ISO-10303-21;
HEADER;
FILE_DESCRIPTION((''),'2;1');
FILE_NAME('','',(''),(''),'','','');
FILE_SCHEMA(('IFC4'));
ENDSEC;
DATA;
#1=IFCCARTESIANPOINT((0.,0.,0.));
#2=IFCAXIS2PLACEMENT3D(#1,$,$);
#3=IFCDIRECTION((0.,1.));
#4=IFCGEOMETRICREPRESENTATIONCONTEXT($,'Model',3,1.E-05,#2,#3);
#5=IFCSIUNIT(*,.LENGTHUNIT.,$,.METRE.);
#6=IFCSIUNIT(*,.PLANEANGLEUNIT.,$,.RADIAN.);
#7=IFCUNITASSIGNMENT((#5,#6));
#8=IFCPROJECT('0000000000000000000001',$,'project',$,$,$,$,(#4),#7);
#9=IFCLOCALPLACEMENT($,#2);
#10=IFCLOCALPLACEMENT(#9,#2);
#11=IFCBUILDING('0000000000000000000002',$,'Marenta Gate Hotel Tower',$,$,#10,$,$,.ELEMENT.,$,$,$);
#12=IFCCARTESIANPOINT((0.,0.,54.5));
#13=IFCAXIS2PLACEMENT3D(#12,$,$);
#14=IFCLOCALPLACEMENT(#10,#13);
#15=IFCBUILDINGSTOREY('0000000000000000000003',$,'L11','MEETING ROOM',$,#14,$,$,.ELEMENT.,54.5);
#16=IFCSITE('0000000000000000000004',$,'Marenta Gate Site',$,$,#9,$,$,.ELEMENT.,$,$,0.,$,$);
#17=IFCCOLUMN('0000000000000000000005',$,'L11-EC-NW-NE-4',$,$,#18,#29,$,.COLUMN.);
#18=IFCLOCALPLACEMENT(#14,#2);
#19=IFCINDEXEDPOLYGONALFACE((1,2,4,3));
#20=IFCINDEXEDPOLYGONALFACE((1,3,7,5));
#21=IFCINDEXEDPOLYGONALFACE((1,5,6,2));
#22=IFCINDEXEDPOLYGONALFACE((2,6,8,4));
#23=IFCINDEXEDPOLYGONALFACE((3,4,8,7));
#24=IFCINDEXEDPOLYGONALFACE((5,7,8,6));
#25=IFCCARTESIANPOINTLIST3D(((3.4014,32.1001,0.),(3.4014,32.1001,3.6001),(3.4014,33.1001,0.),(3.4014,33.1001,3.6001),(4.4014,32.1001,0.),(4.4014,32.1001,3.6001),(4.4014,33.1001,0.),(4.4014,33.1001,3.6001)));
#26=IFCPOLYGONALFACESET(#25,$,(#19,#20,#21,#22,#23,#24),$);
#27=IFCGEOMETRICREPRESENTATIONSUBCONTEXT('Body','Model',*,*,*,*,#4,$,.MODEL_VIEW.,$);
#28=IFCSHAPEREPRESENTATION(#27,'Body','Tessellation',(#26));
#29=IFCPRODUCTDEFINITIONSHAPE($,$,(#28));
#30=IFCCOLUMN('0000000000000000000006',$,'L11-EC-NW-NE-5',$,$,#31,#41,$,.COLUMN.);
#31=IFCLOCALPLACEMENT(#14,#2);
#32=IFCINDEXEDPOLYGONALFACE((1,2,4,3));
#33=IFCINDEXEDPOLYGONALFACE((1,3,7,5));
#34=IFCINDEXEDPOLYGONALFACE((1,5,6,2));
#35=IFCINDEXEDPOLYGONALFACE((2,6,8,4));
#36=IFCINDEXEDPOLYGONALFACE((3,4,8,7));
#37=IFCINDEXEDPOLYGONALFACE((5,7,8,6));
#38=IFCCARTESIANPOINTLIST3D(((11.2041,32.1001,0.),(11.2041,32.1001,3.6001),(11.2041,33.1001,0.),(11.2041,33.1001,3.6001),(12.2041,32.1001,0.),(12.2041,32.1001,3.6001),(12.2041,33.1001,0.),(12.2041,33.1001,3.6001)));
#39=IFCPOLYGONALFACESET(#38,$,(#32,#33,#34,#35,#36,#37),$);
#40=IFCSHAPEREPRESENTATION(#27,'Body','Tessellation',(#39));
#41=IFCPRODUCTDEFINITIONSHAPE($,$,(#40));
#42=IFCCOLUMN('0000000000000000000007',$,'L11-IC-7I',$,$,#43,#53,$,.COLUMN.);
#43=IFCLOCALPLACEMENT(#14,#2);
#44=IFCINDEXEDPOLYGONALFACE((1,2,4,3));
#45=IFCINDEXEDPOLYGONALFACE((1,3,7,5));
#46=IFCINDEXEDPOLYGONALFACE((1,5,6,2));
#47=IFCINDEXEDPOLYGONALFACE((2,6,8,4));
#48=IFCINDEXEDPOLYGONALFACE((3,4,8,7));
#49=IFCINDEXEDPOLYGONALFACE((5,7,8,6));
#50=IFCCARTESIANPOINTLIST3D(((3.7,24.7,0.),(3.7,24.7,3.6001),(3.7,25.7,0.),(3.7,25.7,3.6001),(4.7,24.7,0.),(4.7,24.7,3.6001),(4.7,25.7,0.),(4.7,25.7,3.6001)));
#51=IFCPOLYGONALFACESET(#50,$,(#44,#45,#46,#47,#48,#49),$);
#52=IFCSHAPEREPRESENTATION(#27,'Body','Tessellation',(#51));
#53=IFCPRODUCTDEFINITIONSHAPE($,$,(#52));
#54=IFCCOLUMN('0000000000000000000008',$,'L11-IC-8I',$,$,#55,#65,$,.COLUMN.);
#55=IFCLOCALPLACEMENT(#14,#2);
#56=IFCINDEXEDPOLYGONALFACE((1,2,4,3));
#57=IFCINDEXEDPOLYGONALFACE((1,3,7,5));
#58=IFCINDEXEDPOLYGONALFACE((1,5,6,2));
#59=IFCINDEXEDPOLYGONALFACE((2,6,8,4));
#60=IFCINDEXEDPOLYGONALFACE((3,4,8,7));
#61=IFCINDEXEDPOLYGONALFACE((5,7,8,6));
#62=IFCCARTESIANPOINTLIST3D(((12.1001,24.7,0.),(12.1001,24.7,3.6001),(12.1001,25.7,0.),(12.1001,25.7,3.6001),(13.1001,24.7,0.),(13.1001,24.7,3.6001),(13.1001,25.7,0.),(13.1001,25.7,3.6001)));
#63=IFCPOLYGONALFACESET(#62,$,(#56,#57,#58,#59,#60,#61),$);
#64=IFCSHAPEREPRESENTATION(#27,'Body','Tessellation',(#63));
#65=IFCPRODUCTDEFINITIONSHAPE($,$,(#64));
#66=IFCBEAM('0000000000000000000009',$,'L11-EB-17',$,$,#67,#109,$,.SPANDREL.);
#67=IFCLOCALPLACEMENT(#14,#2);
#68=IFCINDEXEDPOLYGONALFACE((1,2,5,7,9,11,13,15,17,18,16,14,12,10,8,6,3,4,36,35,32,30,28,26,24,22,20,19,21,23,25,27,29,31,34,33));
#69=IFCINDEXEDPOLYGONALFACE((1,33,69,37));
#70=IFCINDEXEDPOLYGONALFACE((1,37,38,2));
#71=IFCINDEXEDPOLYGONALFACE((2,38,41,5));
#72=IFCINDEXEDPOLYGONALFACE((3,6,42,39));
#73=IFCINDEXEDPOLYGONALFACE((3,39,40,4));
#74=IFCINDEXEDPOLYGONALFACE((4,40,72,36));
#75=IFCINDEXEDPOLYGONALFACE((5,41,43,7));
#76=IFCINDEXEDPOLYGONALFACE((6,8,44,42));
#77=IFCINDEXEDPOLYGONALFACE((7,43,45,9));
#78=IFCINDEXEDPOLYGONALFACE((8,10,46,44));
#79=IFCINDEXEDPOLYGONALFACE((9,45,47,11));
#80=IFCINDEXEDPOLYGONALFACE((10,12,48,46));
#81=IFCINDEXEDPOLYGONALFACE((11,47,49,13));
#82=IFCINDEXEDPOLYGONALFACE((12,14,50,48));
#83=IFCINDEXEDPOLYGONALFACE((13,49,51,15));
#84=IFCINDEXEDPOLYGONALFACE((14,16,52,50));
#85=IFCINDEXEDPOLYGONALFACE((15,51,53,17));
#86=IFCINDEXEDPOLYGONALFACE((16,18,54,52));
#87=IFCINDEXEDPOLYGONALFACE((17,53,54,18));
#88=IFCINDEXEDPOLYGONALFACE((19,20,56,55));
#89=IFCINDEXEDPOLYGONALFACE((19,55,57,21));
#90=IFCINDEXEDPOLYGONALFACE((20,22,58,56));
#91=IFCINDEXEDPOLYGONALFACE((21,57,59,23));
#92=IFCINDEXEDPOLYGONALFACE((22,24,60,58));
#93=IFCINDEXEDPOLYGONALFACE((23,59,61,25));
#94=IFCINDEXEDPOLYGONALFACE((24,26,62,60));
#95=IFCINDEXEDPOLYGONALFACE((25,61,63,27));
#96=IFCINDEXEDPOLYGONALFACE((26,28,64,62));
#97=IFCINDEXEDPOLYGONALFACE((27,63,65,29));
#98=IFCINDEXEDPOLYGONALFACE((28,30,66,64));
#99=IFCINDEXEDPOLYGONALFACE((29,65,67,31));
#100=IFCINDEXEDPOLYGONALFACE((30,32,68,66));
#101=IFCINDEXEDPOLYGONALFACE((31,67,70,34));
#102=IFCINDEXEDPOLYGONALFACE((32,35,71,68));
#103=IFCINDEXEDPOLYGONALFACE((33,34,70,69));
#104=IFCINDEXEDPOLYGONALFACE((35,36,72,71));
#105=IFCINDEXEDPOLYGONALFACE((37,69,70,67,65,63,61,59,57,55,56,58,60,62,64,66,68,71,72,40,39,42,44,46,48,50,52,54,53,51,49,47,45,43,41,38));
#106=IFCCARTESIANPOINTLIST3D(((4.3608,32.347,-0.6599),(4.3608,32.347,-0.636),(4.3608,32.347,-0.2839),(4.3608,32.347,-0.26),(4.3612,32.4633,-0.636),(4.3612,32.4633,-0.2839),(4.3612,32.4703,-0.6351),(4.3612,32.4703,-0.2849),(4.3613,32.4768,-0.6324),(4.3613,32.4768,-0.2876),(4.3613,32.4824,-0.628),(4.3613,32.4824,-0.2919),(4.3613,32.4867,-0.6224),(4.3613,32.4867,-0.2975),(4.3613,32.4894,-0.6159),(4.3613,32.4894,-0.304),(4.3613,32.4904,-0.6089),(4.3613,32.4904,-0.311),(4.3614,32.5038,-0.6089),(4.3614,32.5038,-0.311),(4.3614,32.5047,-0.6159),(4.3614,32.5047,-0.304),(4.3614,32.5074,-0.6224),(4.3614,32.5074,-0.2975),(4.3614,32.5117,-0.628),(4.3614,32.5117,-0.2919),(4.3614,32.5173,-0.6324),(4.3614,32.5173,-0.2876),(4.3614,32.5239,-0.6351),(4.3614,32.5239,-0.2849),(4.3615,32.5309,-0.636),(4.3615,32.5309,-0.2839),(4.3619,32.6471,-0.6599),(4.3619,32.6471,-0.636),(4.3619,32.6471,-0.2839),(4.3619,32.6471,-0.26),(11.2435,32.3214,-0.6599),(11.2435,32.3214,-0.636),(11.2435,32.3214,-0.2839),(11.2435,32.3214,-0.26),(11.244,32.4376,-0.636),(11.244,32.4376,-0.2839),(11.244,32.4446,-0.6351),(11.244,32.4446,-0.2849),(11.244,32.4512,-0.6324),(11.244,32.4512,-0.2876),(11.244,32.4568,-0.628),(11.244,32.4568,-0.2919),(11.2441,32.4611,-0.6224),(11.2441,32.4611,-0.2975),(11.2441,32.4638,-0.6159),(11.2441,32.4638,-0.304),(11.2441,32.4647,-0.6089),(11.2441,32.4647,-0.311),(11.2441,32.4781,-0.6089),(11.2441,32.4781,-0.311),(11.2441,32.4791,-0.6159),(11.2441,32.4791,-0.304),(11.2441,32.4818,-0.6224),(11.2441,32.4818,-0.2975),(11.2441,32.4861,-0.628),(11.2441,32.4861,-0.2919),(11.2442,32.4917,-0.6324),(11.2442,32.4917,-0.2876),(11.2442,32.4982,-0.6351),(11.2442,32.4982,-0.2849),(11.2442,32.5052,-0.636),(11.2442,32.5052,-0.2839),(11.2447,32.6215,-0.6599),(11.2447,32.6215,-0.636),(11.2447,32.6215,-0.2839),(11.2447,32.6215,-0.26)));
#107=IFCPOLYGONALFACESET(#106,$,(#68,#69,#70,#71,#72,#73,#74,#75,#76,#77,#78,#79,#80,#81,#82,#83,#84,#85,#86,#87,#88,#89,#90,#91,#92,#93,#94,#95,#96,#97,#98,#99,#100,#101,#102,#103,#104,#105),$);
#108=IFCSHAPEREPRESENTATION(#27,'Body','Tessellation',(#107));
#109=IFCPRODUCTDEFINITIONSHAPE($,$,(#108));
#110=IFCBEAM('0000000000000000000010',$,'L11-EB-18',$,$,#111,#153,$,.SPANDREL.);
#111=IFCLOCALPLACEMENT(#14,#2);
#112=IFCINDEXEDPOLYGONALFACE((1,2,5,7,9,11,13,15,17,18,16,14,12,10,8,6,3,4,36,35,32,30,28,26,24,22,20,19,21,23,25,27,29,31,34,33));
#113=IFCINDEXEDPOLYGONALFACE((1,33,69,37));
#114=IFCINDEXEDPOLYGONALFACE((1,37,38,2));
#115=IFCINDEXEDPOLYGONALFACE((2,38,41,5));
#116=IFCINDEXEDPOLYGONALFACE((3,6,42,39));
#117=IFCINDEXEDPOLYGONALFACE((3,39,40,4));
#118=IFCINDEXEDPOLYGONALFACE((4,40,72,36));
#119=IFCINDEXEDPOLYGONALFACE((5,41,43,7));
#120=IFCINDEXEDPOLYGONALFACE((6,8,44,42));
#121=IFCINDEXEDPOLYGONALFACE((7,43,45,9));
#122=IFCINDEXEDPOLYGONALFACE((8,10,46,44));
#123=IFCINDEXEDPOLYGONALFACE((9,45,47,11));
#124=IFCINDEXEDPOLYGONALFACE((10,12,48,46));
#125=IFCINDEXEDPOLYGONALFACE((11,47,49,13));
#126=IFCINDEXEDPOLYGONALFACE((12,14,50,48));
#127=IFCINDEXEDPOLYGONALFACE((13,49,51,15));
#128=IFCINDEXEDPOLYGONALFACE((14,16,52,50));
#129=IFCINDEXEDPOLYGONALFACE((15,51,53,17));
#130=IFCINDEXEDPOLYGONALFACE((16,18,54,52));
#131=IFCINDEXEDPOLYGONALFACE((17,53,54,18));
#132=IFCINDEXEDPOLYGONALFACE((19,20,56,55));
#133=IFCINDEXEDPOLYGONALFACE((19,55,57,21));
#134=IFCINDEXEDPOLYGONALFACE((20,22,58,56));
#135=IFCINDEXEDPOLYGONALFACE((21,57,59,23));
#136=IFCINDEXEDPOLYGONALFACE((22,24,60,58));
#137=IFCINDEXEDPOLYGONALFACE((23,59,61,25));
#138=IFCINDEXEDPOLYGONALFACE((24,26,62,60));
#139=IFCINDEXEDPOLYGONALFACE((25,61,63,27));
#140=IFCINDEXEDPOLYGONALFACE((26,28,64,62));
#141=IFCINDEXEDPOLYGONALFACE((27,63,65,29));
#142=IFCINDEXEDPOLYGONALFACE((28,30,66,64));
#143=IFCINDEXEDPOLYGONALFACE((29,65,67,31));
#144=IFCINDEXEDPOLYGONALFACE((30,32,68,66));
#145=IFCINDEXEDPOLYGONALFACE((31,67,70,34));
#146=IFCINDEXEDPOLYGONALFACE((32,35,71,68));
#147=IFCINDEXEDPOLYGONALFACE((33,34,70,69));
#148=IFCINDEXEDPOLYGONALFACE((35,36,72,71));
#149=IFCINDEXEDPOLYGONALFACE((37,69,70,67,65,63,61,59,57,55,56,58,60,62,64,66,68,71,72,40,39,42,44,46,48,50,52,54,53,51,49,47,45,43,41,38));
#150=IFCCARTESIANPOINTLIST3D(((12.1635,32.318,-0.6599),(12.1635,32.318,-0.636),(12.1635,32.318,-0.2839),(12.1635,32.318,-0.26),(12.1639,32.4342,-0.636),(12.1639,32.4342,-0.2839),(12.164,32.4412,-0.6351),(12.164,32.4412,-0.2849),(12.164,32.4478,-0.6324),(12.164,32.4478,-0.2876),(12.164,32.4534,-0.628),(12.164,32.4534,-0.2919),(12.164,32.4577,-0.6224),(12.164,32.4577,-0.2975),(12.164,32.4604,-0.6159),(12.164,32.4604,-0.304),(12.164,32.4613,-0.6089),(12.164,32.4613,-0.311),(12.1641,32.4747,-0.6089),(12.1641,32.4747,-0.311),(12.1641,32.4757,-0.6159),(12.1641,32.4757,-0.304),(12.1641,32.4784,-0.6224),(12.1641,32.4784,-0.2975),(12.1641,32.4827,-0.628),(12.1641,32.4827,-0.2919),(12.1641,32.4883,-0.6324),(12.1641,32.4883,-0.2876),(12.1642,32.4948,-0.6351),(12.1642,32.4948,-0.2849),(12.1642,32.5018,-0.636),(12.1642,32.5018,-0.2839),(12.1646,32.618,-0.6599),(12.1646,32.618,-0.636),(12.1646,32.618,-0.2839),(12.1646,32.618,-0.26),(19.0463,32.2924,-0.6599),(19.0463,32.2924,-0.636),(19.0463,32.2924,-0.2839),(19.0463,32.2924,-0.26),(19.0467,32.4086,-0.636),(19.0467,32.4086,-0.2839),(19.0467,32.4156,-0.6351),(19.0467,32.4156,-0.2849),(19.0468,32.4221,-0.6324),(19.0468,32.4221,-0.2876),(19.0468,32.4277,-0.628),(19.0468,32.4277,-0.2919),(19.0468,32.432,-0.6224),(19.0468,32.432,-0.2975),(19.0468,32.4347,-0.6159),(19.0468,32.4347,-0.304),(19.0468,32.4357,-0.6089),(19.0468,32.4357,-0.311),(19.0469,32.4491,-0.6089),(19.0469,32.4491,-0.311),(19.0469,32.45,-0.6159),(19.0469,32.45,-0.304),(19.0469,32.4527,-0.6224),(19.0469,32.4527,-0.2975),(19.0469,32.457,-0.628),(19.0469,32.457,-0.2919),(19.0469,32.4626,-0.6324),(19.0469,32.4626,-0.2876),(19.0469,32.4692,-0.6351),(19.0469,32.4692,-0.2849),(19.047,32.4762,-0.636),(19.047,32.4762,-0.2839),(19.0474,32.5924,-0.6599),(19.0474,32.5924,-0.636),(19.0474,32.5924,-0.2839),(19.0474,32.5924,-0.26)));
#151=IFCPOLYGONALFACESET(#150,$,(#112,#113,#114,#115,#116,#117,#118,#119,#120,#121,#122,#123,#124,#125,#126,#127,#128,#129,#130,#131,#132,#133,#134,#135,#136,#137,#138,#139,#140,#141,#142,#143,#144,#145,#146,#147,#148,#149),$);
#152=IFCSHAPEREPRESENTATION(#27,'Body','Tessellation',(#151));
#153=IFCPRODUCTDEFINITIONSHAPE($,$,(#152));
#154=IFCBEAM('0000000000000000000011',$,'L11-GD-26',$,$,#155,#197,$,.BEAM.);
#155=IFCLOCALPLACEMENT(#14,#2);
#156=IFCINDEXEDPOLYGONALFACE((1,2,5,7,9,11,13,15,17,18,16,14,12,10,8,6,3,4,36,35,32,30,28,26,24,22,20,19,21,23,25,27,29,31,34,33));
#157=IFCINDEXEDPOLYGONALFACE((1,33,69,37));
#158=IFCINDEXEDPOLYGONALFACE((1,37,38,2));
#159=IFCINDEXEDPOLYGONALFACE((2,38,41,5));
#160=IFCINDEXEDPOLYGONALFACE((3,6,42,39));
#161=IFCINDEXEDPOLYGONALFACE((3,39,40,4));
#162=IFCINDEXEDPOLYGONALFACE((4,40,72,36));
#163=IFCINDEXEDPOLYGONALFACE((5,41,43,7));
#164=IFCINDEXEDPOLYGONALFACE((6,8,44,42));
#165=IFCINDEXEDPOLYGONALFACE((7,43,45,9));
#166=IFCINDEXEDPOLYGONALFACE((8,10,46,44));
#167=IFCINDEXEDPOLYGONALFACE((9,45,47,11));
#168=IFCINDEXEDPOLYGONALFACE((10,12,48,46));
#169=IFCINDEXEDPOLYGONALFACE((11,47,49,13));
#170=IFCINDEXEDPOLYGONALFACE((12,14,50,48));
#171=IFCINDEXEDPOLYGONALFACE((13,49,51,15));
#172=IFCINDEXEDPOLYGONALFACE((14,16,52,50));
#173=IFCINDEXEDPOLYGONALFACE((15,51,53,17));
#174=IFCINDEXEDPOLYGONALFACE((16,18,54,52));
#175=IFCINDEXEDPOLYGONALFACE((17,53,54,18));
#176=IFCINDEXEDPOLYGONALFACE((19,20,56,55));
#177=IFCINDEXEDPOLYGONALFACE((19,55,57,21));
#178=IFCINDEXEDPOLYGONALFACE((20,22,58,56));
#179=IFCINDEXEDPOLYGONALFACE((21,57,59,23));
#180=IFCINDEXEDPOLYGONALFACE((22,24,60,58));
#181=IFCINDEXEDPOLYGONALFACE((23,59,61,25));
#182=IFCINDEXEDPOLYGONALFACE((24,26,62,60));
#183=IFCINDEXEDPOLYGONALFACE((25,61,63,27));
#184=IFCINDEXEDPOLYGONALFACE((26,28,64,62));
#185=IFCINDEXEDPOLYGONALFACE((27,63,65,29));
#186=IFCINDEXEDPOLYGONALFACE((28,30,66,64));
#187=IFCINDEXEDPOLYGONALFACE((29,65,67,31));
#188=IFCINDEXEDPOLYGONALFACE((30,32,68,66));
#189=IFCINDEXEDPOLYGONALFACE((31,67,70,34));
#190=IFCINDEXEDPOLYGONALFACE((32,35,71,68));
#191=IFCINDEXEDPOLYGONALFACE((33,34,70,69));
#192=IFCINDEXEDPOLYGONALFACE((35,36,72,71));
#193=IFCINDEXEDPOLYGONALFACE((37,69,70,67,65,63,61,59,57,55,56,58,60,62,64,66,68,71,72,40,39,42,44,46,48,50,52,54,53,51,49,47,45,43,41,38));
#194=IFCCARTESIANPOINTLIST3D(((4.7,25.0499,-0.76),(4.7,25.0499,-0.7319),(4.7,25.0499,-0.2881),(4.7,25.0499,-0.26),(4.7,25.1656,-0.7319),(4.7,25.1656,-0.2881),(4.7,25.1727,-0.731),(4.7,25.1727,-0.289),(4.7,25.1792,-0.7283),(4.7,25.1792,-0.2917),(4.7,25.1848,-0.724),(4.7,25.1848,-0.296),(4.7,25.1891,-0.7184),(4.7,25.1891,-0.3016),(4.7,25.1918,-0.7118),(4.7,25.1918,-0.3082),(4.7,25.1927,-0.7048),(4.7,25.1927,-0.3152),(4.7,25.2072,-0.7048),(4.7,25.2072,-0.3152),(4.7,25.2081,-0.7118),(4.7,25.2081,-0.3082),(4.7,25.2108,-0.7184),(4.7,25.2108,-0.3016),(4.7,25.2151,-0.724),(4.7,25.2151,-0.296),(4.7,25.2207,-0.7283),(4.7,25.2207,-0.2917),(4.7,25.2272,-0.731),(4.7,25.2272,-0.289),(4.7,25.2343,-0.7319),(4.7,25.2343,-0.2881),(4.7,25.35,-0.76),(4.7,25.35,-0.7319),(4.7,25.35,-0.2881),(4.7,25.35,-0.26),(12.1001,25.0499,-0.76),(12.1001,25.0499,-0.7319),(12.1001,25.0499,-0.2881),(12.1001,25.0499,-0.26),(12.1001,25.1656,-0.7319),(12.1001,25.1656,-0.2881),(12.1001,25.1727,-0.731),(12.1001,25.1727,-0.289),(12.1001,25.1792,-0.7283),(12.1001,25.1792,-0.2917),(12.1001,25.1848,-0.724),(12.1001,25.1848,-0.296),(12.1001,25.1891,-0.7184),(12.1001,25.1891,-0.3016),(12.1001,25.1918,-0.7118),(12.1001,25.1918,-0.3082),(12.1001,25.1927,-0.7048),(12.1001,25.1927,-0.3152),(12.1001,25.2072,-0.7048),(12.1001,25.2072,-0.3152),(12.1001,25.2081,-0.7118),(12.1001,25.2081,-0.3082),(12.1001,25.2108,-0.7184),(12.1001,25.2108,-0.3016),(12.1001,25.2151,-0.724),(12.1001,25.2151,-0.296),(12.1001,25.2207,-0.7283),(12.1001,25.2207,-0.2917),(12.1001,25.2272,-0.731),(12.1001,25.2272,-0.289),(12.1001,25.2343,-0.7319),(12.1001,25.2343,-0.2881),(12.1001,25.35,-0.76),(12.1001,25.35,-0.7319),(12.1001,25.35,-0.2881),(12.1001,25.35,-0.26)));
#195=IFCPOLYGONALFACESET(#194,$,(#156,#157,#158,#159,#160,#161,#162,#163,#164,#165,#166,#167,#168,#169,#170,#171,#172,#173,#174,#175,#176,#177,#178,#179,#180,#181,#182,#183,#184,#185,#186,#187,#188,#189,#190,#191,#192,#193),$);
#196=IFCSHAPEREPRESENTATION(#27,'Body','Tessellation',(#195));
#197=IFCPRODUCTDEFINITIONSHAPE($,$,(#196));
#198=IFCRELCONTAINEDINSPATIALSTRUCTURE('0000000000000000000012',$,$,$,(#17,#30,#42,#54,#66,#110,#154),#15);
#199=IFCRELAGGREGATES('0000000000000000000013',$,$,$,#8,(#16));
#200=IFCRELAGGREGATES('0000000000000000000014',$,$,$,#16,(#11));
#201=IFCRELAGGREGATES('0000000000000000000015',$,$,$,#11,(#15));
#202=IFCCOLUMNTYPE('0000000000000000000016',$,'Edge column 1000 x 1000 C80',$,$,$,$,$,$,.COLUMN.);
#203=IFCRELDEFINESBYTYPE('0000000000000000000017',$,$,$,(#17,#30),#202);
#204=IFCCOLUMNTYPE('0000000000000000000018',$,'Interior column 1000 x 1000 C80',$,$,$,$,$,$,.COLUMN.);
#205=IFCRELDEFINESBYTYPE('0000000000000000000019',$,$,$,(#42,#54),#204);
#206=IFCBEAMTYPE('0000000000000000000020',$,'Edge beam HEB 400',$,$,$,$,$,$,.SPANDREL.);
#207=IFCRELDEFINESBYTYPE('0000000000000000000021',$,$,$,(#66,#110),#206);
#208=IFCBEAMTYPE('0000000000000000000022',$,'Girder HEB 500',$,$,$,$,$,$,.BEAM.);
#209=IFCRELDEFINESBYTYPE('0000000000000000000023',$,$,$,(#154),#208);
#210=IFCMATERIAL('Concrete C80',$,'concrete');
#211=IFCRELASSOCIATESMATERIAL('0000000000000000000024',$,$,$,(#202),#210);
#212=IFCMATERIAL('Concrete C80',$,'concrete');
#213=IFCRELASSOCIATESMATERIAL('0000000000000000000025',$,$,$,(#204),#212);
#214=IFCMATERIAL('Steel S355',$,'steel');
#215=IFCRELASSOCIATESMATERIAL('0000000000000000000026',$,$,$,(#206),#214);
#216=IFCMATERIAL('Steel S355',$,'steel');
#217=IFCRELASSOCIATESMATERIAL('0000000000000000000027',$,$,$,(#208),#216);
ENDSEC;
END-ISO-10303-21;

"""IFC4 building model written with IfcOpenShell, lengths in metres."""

from ifc_helpers import new_model, si_unit, direction, frame, origin, origin_2d, place, context, subcontext, project, spatial, rectangle, i_section, extrude, material, material_profile, profile_set, type_object, element, save


model = new_model("IFC4")

# Units and contexts
model_context = context("Model", 3, precision=1e-05, world=origin(), true_north=direction((0.0, 1.0)))
body_context = subcontext(model_context, "Body", "Model", "MODEL_VIEW")
ifc_project = project(units=[si_unit("LENGTHUNIT", "METRE"), si_unit("PLANEANGLEUNIT", "RADIAN")], contexts=[model_context])

# Site, building, storey
site_placement = place(None, origin())
site = spatial("IfcSite", under=ifc_project, at=site_placement, Name="Marenta Gate Site", CompositionType="ELEMENT", RefElevation=0.0)
building_placement = place(site_placement, origin())
building = spatial("IfcBuilding", under=site, at=building_placement, Name="Marenta Gate Hotel Tower", CompositionType="ELEMENT")
storey_placement = place(building_placement, frame((0.0, 0.0, 54.5)))
storey = spatial("IfcBuildingStorey", under=building, at=storey_placement, Name="L11", Description="MEETING ROOM", CompositionType="ELEMENT", Elevation=54.5)

# Columns
ifc_material_1 = material(Name="Concrete C80", Category="concrete")
ifc_material_profile_1 = material_profile(ifc_material_1, rectangle(XDim=1.0, YDim=1.0, at=origin_2d()), Name="1000 x 1000")
ifc_profile_set_1 = profile_set([ifc_material_profile_1], Name="Concrete C80")
column_type_1 = type_object("IfcColumnType", Name="Edge column 1000 x 1000 C80", PredefinedType="COLUMN", material=ifc_profile_set_1)
for number, where, z_axis, x_axis, name in (
    (1, (3.9014, 32.6001, 0.0), (0.0, 0.0, 1.0), (1.0, 0.0, 0.0), "L11-EC-NW-NE-4"),
    (2, (11.7041, 32.6001, 0.0), (0.0, 0.0, 1.0), (1.0, 0.0, 0.0), "L11-EC-NW-NE-5"),
):
    element("IfcColumn", number, at=place(storey_placement, frame(where, z_axis=z_axis, x_axis=x_axis)), inside=storey, type_object=column_type_1, Name=name, PredefinedType="COLUMN", context=body_context, shape_type="SweptSolid", body=[
        extrude(rectangle(XDim=1.0, YDim=1.0, at=origin_2d()), origin(), (0.0, 0.0, 1.0), 3.6001),
    ])
ifc_material_2 = material(Name="Concrete C80", Category="concrete")
ifc_material_profile_2 = material_profile(ifc_material_2, rectangle(XDim=1.0, YDim=1.0, at=origin_2d()), Name="1000 x 1000")
ifc_profile_set_2 = profile_set([ifc_material_profile_2], Name="Concrete C80")
column_type_2 = type_object("IfcColumnType", Name="Interior column 1000 x 1000 C80", PredefinedType="COLUMN", material=ifc_profile_set_2)
for number, where, z_axis, x_axis, name in (
    (3, (4.2, 25.2, 0.0), (0.0, 0.0, 1.0), (1.0, 0.0, 0.0), "L11-IC-7I"),
    (4, (12.6001, 25.2, 0.0), (0.0, 0.0, 1.0), (1.0, 0.0, 0.0), "L11-IC-8I"),
):
    element("IfcColumn", number, at=place(storey_placement, frame(where, z_axis=z_axis, x_axis=x_axis)), inside=storey, type_object=column_type_2, Name=name, PredefinedType="COLUMN", context=body_context, shape_type="SweptSolid", body=[
        extrude(rectangle(XDim=1.0, YDim=1.0, at=origin_2d()), origin(), (0.0, 0.0, 1.0), 3.6001),
    ])

# Beams
ifc_material_3 = material(Name="Steel S355", Category="steel")
ifc_material_profile_3 = material_profile(ifc_material_3, i_section(OverallWidth=0.3, OverallDepth=0.3999, WebThickness=0.0134, FlangeThickness=0.0239, FilletRadius=0.0271, at=origin_2d()), Name="HEB 400")
ifc_profile_set_3 = profile_set([ifc_material_profile_3], Name="Steel S355")
beam_type_1 = type_object("IfcBeamType", Name="Edge beam HEB 400", PredefinedType="SPANDREL", material=ifc_profile_set_3)
for number, where, z_axis, x_axis, name in (
    (5, (4.3613, 32.4971, -0.46), (0.999993, -0.003724, 0.0), (0.003724, 0.999993, 0.0), "L11-EB-17"),
    (6, (12.1641, 32.468, -0.46), (0.999993, -0.003724, 0.0), (0.003724, 0.999993, 0.0), "L11-EB-18"),
):
    element("IfcBeam", number, at=place(storey_placement, frame(where, z_axis=z_axis, x_axis=x_axis)), inside=storey, type_object=beam_type_1, Name=name, PredefinedType="SPANDREL", context=body_context, shape_type="SweptSolid", body=[
        extrude(i_section(OverallWidth=0.3, OverallDepth=0.3999, WebThickness=0.0134, FlangeThickness=0.0239, FilletRadius=0.0271, at=origin_2d()), origin(), (0.0, 0.0, 1.0), 6.8828),
    ])
ifc_material_4 = material(Name="Steel S355", Category="steel")
ifc_material_profile_4 = material_profile(ifc_material_4, i_section(OverallWidth=0.3, OverallDepth=0.5, WebThickness=0.0144, FlangeThickness=0.0281, FilletRadius=0.0271, at=origin_2d()), Name="HEB 500")
ifc_profile_set_4 = profile_set([ifc_material_profile_4], Name="Steel S355")
beam_type_2 = type_object("IfcBeamType", Name="Girder HEB 500", PredefinedType="BEAM", material=ifc_profile_set_4)
beam_placement = place(storey_placement, frame((4.7, 25.2, -0.51), z_axis=(1.0, 0.0, 0.0), x_axis=(0.0, 1.0, 0.0)))
element("IfcBeam", 7, at=beam_placement, inside=storey, type_object=beam_type_2, Name="L11-GD-26", PredefinedType="BEAM", context=body_context, shape_type="SweptSolid", body=[
    extrude(i_section(OverallWidth=0.3, OverallDepth=0.5, WebThickness=0.0144, FlangeThickness=0.0281, FilletRadius=0.0271, at=origin_2d()), origin(), (0.0, 0.0, 1.0), 7.4001),
])

save(model, "model.ifc")
